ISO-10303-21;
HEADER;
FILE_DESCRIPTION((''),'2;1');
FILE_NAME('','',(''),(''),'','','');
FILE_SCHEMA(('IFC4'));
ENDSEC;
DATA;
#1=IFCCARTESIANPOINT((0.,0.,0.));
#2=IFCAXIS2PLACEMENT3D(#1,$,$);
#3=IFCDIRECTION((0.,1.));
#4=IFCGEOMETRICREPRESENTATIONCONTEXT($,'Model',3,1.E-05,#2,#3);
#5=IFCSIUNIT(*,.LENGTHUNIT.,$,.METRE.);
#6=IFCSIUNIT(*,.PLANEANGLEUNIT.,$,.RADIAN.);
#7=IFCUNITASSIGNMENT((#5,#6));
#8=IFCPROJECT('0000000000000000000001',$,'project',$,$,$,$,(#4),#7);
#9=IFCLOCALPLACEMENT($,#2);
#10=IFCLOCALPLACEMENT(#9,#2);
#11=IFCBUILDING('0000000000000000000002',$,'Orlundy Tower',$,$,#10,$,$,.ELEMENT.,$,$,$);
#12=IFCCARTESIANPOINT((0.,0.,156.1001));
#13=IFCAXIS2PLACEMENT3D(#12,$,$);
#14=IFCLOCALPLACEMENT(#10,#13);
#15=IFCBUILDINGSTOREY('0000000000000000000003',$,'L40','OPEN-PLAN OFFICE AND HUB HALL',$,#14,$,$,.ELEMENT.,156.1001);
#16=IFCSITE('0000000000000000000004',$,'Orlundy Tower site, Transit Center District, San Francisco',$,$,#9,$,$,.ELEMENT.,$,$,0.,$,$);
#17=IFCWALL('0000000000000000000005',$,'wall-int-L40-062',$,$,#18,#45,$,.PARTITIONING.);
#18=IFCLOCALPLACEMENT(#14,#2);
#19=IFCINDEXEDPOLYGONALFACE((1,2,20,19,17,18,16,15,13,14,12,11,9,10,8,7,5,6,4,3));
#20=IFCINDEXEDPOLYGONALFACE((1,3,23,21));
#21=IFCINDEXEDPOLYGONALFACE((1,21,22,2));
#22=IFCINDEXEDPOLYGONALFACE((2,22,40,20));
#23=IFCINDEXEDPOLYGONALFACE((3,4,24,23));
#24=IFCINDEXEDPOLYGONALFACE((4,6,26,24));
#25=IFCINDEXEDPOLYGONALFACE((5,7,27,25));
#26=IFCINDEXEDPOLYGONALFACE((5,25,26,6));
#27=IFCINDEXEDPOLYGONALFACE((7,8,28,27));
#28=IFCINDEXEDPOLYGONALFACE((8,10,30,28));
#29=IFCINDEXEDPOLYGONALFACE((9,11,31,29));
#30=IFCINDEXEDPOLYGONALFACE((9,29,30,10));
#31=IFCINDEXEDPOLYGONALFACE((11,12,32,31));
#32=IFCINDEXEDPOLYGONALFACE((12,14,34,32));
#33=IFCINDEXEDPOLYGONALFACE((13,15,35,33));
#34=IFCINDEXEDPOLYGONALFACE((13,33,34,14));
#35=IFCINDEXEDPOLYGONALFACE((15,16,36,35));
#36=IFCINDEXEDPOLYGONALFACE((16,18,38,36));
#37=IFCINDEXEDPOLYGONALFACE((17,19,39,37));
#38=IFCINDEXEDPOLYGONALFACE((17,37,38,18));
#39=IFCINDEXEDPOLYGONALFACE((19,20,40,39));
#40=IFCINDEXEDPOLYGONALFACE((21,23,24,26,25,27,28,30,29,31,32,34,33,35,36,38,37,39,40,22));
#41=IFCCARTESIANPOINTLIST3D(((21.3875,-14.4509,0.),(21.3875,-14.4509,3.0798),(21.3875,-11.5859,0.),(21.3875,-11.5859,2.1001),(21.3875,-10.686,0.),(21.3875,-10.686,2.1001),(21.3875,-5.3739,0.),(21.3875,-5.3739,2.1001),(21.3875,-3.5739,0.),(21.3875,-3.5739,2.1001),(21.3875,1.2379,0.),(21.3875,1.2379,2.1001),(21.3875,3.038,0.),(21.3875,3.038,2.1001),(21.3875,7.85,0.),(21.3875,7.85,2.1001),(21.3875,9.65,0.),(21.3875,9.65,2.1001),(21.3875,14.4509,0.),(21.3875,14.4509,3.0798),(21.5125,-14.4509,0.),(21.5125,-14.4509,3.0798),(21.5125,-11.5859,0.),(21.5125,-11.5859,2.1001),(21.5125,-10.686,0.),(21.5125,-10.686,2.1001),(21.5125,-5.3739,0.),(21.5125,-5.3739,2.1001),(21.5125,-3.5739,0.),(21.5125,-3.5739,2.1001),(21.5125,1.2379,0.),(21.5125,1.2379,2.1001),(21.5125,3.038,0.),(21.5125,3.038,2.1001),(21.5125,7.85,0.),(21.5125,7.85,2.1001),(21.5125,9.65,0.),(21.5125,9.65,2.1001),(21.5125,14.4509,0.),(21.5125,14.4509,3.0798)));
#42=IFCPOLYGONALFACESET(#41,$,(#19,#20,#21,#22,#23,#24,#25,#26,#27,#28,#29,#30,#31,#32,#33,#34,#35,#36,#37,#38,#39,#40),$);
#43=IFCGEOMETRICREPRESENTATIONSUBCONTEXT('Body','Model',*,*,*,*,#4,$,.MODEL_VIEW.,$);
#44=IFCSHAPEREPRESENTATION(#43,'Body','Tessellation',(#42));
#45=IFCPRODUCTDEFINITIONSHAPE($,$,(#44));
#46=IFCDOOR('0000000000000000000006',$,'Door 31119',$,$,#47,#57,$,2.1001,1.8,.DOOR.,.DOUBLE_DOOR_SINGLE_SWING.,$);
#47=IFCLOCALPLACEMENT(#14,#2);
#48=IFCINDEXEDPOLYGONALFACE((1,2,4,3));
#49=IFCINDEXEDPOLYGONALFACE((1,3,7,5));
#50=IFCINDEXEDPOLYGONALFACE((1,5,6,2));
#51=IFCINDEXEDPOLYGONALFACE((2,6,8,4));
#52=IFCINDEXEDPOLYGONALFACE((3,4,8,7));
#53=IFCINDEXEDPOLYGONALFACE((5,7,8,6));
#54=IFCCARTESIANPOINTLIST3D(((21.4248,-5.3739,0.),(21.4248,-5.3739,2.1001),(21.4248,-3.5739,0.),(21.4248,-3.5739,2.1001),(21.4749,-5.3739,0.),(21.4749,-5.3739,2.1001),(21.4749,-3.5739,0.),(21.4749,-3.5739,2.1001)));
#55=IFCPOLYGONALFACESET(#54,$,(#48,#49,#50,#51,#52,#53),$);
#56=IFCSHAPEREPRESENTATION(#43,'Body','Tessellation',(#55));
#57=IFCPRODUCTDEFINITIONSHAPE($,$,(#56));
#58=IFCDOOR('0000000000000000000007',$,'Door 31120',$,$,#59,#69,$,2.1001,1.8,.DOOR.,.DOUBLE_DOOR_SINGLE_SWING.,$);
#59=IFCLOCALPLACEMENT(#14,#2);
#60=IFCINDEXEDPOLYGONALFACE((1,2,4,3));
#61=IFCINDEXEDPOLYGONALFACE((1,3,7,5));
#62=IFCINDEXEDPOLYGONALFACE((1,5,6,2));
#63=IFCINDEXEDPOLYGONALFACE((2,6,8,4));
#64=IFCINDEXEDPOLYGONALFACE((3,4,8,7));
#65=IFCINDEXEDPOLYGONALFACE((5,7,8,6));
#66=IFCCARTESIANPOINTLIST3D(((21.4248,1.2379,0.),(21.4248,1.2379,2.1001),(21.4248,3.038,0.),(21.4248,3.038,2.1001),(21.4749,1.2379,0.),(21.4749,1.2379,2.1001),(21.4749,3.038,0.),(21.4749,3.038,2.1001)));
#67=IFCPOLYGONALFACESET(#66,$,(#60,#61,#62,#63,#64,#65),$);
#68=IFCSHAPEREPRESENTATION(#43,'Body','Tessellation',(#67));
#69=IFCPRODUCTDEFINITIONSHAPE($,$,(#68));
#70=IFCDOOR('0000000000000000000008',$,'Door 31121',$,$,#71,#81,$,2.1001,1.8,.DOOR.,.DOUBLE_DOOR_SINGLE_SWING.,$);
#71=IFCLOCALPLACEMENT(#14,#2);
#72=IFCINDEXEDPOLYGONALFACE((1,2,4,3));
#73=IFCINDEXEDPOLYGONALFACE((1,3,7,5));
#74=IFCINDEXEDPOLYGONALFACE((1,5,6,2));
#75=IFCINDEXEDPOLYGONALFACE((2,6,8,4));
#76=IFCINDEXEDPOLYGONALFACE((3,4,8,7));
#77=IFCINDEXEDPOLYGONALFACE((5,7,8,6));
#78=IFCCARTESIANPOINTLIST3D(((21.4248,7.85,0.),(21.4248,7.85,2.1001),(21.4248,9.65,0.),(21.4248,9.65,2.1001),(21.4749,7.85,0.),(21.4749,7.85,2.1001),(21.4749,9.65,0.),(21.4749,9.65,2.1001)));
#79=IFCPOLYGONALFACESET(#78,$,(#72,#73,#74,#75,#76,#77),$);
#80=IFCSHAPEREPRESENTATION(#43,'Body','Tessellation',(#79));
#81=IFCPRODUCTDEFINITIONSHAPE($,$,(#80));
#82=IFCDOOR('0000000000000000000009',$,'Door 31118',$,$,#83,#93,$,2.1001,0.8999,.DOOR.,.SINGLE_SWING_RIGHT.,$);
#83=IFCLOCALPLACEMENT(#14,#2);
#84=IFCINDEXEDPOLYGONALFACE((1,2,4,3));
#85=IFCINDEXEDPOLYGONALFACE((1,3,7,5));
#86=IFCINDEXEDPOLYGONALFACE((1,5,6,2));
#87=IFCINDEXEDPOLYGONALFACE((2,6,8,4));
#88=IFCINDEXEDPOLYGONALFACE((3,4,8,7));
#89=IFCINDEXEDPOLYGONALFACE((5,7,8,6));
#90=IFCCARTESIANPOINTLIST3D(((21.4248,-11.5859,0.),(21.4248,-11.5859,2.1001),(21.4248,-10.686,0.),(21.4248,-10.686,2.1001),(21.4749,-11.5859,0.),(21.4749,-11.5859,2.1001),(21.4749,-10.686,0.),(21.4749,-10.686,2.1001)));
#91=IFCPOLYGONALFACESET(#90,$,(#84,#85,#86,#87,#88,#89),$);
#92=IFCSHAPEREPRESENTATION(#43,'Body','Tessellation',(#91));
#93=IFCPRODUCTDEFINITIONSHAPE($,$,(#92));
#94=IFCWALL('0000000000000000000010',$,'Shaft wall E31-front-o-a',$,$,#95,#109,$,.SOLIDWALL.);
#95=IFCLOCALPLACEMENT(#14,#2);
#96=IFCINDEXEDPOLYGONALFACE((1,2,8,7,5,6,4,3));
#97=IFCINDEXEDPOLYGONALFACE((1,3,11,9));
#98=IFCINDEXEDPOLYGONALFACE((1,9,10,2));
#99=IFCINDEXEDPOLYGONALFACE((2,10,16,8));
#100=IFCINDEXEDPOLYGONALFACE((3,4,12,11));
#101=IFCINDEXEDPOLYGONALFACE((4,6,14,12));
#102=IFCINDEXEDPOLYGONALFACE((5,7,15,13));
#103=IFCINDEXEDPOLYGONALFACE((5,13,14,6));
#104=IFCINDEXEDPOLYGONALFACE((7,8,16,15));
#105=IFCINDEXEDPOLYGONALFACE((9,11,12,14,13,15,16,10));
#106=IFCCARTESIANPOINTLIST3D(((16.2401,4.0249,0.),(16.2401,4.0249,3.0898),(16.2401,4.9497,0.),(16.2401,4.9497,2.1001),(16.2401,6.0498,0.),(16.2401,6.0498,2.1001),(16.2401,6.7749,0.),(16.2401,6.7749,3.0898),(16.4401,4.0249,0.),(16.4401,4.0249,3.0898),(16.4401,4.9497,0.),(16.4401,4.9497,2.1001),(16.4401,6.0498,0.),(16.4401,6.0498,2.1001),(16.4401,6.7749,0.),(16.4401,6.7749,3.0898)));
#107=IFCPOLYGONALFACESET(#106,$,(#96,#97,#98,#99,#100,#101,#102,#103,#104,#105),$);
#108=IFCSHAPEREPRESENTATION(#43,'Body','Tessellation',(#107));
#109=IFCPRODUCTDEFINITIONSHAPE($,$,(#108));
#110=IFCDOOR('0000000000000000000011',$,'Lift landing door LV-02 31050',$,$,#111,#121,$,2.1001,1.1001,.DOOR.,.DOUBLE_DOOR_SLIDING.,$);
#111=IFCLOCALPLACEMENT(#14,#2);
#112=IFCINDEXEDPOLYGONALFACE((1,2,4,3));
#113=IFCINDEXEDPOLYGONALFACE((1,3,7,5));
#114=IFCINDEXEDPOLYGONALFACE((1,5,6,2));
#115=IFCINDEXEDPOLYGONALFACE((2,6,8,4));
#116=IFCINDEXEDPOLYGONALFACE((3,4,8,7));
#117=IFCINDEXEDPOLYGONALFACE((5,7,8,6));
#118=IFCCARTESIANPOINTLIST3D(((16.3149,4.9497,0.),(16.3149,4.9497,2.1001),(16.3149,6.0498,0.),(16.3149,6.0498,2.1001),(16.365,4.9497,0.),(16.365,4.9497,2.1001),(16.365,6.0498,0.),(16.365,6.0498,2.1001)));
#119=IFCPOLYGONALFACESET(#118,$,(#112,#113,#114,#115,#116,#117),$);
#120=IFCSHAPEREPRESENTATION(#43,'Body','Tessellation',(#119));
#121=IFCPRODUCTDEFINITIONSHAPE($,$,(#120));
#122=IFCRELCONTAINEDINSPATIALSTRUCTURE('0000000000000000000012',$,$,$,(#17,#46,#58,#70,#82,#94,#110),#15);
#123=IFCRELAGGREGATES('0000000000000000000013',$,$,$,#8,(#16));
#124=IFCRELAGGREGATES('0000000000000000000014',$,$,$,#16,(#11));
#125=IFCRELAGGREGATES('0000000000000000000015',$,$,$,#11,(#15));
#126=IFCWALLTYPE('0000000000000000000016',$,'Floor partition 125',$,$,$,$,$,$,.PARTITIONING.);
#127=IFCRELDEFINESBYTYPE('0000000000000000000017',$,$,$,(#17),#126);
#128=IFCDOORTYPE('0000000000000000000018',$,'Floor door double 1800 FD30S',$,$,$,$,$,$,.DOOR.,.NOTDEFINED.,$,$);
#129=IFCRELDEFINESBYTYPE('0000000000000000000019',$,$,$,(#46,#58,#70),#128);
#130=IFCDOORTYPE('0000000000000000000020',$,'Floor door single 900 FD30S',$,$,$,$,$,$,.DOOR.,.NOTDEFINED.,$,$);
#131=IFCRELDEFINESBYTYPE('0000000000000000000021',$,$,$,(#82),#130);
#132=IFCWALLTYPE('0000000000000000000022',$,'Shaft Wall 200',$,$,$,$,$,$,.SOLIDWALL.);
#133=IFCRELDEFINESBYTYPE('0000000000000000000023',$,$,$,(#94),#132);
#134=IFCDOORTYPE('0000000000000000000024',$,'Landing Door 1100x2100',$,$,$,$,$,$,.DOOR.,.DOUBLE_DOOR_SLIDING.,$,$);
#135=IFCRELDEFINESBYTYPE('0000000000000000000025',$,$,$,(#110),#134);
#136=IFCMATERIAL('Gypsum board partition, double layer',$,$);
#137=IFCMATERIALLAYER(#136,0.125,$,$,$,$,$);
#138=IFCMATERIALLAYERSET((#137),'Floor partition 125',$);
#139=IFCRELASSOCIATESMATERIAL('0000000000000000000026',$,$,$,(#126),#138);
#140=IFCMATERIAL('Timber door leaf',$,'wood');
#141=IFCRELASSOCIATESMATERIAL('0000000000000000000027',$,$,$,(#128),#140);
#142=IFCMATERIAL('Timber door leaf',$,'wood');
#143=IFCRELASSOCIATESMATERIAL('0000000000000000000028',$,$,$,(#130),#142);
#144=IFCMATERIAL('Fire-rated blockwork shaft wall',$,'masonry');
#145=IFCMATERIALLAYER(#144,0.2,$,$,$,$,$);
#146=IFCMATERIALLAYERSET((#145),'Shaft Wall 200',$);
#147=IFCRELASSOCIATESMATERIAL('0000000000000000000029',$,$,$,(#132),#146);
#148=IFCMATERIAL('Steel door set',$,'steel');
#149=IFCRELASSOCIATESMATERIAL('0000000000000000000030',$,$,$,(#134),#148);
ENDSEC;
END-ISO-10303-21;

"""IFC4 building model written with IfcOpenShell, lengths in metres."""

from ifc_helpers import new_model, si_unit, direction, frame, frame_2d, origin, place, context, subcontext, project, spatial, rectangle, extrude, material, layer, layer_set, type_object, element, fill, save


model = new_model("IFC4")

# Units and contexts
model_context = context("Model", 3, precision=1e-05, world=origin(), true_north=direction((0.0, 1.0)))
body_context = subcontext(model_context, "Body", "Model", "MODEL_VIEW")
ifc_project = project(units=[si_unit("LENGTHUNIT", "METRE"), si_unit("PLANEANGLEUNIT", "RADIAN")], contexts=[model_context])

# Site, building, storey
site_placement = place(None, origin())
site = spatial("IfcSite", under=ifc_project, at=site_placement, Name="Orlundy Tower site, Transit Center District, San Francisco", CompositionType="ELEMENT", RefElevation=0.0)
building_placement = place(site_placement, origin())
building = spatial("IfcBuilding", under=site, at=building_placement, Name="Orlundy Tower", CompositionType="ELEMENT")
storey_placement = place(building_placement, frame((0.0, 0.0, 156.1001)))
storey = spatial("IfcBuildingStorey", under=building, at=storey_placement, Name="L40", Description="OPEN-PLAN OFFICE AND HUB HALL", CompositionType="ELEMENT", Elevation=156.1001)

# Wall, openings, doors
ifc_material_1 = material(Name="Gypsum board partition, double layer")
ifc_layer_1 = layer(ifc_material_1, 0.125)
ifc_layer_set_1 = layer_set([ifc_layer_1], Name="Floor partition 125")
wall_type_1 = type_object("IfcWallType", Name="Floor partition 125", PredefinedType="PARTITIONING", material=ifc_layer_set_1)
wall_1_placement = place(storey_placement, frame((21.45, 14.4509, 0.0), z_axis=(0.0, 0.0, 1.0), x_axis=(0.0, -1.0, 0.0)))
wall_1 = element("IfcWall", 1, at=wall_1_placement, inside=storey, type_object=wall_type_1, Name="wall-int-L40-062", PredefinedType="PARTITIONING", context=body_context, shape_type="SweptSolid", body=[
    extrude(rectangle(XDim=28.9019, YDim=0.125, at=frame_2d((14.4509, 0.0))), origin(), (0.0, 0.0, 1.0), 3.0798),
])
opening_1_placement = place(wall_1_placement, frame((25.137, 0.0, 0.0)))
opening_1 = element("IfcOpeningElement", 2, at=opening_1_placement, cuts=wall_1, PredefinedType="OPENING", context=body_context, shape_type="SweptSolid", body=[
    extrude(rectangle(XDim=0.8999, YDim=2.1001, at=frame_2d((0.45, 1.05))), frame((0.0, 0.0725, 0.0), z_axis=(0.0, -1.0, 0.0), x_axis=(1.0, 0.0, 0.0)), (0.0, 0.0, 1.0), 0.145),
])
opening_2_placement = place(wall_1_placement, frame((18.0249, 0.0, 0.0)))
opening_2 = element("IfcOpeningElement", 3, at=opening_2_placement, cuts=wall_1, PredefinedType="OPENING", context=body_context, shape_type="SweptSolid", body=[
    extrude(rectangle(XDim=1.8, YDim=2.1001, at=frame_2d((0.8999, 1.05))), frame((0.0, 0.0725, 0.0), z_axis=(0.0, -1.0, 0.0), x_axis=(1.0, 0.0, 0.0)), (0.0, 0.0, 1.0), 0.145),
])
opening_3_placement = place(wall_1_placement, frame((11.4131, 0.0, 0.0)))
opening_3 = element("IfcOpeningElement", 4, at=opening_3_placement, cuts=wall_1, PredefinedType="OPENING", context=body_context, shape_type="SweptSolid", body=[
    extrude(rectangle(XDim=1.8, YDim=2.1001, at=frame_2d((0.8999, 1.05))), frame((0.0, 0.0725, 0.0), z_axis=(0.0, -1.0, 0.0), x_axis=(1.0, 0.0, 0.0)), (0.0, 0.0, 1.0), 0.145),
])
opening_4_placement = place(wall_1_placement, frame((4.801, 0.0, 0.0)))
opening_4 = element("IfcOpeningElement", 5, at=opening_4_placement, cuts=wall_1, PredefinedType="OPENING", context=body_context, shape_type="SweptSolid", body=[
    extrude(rectangle(XDim=1.8, YDim=2.1001, at=frame_2d((0.8999, 1.05))), frame((0.0, 0.0725, 0.0), z_axis=(0.0, -1.0, 0.0), x_axis=(1.0, 0.0, 0.0)), (0.0, 0.0, 1.0), 0.145),
])
ifc_material_2 = material(Name="Timber door leaf", Category="wood")
door_type_1 = type_object("IfcDoorType", Name="Floor door double 1800 FD30S", OperationType="NOTDEFINED", PredefinedType="DOOR", material=ifc_material_2)
door_1_placement = place(opening_2_placement, origin())
door_1 = element("IfcDoor", 6, at=door_1_placement, inside=storey, type_object=door_type_1, Name="Door 31119", OperationType="DOUBLE_DOOR_SINGLE_SWING", OverallHeight=2.1001, OverallWidth=1.8, PredefinedType="DOOR", context=body_context, shape_type="SweptSolid", body=[
    extrude(rectangle(XDim=1.8, YDim=2.1001, at=frame_2d((0.8999, 1.05))), frame((0.0, 0.0249, 0.0), z_axis=(0.0, -1.0, 0.0), x_axis=(1.0, 0.0, 0.0)), (0.0, 0.0, 1.0), 0.05),
])
fill(opening_2, door_1)
door_2_placement = place(opening_3_placement, origin())
door_2 = element("IfcDoor", 7, at=door_2_placement, inside=storey, type_object=door_type_1, Name="Door 31120", OperationType="DOUBLE_DOOR_SINGLE_SWING", OverallHeight=2.1001, OverallWidth=1.8, PredefinedType="DOOR", context=body_context, shape_type="SweptSolid", body=[
    extrude(rectangle(XDim=1.8, YDim=2.1001, at=frame_2d((0.8999, 1.05))), frame((0.0, 0.0249, 0.0), z_axis=(0.0, -1.0, 0.0), x_axis=(1.0, 0.0, 0.0)), (0.0, 0.0, 1.0), 0.05),
])
fill(opening_3, door_2)
door_3_placement = place(opening_4_placement, origin())
door_3 = element("IfcDoor", 8, at=door_3_placement, inside=storey, type_object=door_type_1, Name="Door 31121", OperationType="DOUBLE_DOOR_SINGLE_SWING", OverallHeight=2.1001, OverallWidth=1.8, PredefinedType="DOOR", context=body_context, shape_type="SweptSolid", body=[
    extrude(rectangle(XDim=1.8, YDim=2.1001, at=frame_2d((0.8999, 1.05))), frame((0.0, 0.0249, 0.0), z_axis=(0.0, -1.0, 0.0), x_axis=(1.0, 0.0, 0.0)), (0.0, 0.0, 1.0), 0.05),
])
fill(opening_4, door_3)
ifc_material_3 = material(Name="Timber door leaf", Category="wood")
door_type_2 = type_object("IfcDoorType", Name="Floor door single 900 FD30S", OperationType="NOTDEFINED", PredefinedType="DOOR", material=ifc_material_3)
door_4_placement = place(opening_1_placement, origin())
door_4 = element("IfcDoor", 9, at=door_4_placement, inside=storey, type_object=door_type_2, Name="Door 31118", OperationType="SINGLE_SWING_RIGHT", OverallHeight=2.1001, OverallWidth=0.8999, PredefinedType="DOOR", context=body_context, shape_type="SweptSolid", body=[
    extrude(rectangle(XDim=0.8999, YDim=2.1001, at=frame_2d((0.45, 1.05))), frame((0.0, 0.0249, 0.0), z_axis=(0.0, -1.0, 0.0), x_axis=(1.0, 0.0, 0.0)), (0.0, 0.0, 1.0), 0.05),
])
fill(opening_1, door_4)

# Wall, opening, door
ifc_material_4 = material(Name="Fire-rated blockwork shaft wall", Category="masonry")
ifc_layer_2 = layer(ifc_material_4, 0.2)
ifc_layer_set_2 = layer_set([ifc_layer_2], Name="Shaft Wall 200")
wall_type_2 = type_object("IfcWallType", Name="Shaft Wall 200", PredefinedType="SOLIDWALL", material=ifc_layer_set_2)
wall_2_placement = place(storey_placement, frame((16.3401, 6.7749, 0.0), z_axis=(0.0, 0.0, 1.0), x_axis=(0.0, -1.0, 0.0)))
wall_2 = element("IfcWall", 10, at=wall_2_placement, inside=storey, type_object=wall_type_2, Name="Shaft wall E31-front-o-a", PredefinedType="SOLIDWALL", context=body_context, shape_type="SweptSolid", body=[
    extrude(rectangle(XDim=2.75, YDim=0.2, at=frame_2d((1.375, 0.0))), origin(), (0.0, 0.0, 1.0), 3.0898),
])
opening_5_placement = place(wall_2_placement, frame((0.7251, 0.0, 0.0)))
opening_5 = element("IfcOpeningElement", 11, at=opening_5_placement, cuts=wall_2, PredefinedType="OPENING", context=body_context, shape_type="SweptSolid", body=[
    extrude(rectangle(XDim=1.1001, YDim=2.1001, at=frame_2d((0.55, 1.05))), frame((0.0, 0.1101, 0.0), z_axis=(0.0, -1.0, 0.0), x_axis=(1.0, 0.0, 0.0)), (0.0, 0.0, 1.0), 0.2202),
])
ifc_material_5 = material(Name="Steel door set", Category="steel")
door_type_3 = type_object("IfcDoorType", Name="Landing Door 1100x2100", OperationType="DOUBLE_DOOR_SLIDING", PredefinedType="DOOR", material=ifc_material_5)
door_5_placement = place(opening_5_placement, origin())
door_5 = element("IfcDoor", 12, at=door_5_placement, inside=storey, type_object=door_type_3, Name="Lift landing door LV-02 31050", OperationType="DOUBLE_DOOR_SLIDING", OverallHeight=2.1001, OverallWidth=1.1001, PredefinedType="DOOR", context=body_context, shape_type="SweptSolid", body=[
    extrude(rectangle(XDim=1.1001, YDim=2.1001, at=frame_2d((0.55, 1.05))), frame((0.0, 0.0249, 0.0), z_axis=(0.0, -1.0, 0.0), x_axis=(1.0, 0.0, 0.0)), (0.0, 0.0, 1.0), 0.05),
])
fill(opening_5, door_5)

save(model, "model.ifc")
